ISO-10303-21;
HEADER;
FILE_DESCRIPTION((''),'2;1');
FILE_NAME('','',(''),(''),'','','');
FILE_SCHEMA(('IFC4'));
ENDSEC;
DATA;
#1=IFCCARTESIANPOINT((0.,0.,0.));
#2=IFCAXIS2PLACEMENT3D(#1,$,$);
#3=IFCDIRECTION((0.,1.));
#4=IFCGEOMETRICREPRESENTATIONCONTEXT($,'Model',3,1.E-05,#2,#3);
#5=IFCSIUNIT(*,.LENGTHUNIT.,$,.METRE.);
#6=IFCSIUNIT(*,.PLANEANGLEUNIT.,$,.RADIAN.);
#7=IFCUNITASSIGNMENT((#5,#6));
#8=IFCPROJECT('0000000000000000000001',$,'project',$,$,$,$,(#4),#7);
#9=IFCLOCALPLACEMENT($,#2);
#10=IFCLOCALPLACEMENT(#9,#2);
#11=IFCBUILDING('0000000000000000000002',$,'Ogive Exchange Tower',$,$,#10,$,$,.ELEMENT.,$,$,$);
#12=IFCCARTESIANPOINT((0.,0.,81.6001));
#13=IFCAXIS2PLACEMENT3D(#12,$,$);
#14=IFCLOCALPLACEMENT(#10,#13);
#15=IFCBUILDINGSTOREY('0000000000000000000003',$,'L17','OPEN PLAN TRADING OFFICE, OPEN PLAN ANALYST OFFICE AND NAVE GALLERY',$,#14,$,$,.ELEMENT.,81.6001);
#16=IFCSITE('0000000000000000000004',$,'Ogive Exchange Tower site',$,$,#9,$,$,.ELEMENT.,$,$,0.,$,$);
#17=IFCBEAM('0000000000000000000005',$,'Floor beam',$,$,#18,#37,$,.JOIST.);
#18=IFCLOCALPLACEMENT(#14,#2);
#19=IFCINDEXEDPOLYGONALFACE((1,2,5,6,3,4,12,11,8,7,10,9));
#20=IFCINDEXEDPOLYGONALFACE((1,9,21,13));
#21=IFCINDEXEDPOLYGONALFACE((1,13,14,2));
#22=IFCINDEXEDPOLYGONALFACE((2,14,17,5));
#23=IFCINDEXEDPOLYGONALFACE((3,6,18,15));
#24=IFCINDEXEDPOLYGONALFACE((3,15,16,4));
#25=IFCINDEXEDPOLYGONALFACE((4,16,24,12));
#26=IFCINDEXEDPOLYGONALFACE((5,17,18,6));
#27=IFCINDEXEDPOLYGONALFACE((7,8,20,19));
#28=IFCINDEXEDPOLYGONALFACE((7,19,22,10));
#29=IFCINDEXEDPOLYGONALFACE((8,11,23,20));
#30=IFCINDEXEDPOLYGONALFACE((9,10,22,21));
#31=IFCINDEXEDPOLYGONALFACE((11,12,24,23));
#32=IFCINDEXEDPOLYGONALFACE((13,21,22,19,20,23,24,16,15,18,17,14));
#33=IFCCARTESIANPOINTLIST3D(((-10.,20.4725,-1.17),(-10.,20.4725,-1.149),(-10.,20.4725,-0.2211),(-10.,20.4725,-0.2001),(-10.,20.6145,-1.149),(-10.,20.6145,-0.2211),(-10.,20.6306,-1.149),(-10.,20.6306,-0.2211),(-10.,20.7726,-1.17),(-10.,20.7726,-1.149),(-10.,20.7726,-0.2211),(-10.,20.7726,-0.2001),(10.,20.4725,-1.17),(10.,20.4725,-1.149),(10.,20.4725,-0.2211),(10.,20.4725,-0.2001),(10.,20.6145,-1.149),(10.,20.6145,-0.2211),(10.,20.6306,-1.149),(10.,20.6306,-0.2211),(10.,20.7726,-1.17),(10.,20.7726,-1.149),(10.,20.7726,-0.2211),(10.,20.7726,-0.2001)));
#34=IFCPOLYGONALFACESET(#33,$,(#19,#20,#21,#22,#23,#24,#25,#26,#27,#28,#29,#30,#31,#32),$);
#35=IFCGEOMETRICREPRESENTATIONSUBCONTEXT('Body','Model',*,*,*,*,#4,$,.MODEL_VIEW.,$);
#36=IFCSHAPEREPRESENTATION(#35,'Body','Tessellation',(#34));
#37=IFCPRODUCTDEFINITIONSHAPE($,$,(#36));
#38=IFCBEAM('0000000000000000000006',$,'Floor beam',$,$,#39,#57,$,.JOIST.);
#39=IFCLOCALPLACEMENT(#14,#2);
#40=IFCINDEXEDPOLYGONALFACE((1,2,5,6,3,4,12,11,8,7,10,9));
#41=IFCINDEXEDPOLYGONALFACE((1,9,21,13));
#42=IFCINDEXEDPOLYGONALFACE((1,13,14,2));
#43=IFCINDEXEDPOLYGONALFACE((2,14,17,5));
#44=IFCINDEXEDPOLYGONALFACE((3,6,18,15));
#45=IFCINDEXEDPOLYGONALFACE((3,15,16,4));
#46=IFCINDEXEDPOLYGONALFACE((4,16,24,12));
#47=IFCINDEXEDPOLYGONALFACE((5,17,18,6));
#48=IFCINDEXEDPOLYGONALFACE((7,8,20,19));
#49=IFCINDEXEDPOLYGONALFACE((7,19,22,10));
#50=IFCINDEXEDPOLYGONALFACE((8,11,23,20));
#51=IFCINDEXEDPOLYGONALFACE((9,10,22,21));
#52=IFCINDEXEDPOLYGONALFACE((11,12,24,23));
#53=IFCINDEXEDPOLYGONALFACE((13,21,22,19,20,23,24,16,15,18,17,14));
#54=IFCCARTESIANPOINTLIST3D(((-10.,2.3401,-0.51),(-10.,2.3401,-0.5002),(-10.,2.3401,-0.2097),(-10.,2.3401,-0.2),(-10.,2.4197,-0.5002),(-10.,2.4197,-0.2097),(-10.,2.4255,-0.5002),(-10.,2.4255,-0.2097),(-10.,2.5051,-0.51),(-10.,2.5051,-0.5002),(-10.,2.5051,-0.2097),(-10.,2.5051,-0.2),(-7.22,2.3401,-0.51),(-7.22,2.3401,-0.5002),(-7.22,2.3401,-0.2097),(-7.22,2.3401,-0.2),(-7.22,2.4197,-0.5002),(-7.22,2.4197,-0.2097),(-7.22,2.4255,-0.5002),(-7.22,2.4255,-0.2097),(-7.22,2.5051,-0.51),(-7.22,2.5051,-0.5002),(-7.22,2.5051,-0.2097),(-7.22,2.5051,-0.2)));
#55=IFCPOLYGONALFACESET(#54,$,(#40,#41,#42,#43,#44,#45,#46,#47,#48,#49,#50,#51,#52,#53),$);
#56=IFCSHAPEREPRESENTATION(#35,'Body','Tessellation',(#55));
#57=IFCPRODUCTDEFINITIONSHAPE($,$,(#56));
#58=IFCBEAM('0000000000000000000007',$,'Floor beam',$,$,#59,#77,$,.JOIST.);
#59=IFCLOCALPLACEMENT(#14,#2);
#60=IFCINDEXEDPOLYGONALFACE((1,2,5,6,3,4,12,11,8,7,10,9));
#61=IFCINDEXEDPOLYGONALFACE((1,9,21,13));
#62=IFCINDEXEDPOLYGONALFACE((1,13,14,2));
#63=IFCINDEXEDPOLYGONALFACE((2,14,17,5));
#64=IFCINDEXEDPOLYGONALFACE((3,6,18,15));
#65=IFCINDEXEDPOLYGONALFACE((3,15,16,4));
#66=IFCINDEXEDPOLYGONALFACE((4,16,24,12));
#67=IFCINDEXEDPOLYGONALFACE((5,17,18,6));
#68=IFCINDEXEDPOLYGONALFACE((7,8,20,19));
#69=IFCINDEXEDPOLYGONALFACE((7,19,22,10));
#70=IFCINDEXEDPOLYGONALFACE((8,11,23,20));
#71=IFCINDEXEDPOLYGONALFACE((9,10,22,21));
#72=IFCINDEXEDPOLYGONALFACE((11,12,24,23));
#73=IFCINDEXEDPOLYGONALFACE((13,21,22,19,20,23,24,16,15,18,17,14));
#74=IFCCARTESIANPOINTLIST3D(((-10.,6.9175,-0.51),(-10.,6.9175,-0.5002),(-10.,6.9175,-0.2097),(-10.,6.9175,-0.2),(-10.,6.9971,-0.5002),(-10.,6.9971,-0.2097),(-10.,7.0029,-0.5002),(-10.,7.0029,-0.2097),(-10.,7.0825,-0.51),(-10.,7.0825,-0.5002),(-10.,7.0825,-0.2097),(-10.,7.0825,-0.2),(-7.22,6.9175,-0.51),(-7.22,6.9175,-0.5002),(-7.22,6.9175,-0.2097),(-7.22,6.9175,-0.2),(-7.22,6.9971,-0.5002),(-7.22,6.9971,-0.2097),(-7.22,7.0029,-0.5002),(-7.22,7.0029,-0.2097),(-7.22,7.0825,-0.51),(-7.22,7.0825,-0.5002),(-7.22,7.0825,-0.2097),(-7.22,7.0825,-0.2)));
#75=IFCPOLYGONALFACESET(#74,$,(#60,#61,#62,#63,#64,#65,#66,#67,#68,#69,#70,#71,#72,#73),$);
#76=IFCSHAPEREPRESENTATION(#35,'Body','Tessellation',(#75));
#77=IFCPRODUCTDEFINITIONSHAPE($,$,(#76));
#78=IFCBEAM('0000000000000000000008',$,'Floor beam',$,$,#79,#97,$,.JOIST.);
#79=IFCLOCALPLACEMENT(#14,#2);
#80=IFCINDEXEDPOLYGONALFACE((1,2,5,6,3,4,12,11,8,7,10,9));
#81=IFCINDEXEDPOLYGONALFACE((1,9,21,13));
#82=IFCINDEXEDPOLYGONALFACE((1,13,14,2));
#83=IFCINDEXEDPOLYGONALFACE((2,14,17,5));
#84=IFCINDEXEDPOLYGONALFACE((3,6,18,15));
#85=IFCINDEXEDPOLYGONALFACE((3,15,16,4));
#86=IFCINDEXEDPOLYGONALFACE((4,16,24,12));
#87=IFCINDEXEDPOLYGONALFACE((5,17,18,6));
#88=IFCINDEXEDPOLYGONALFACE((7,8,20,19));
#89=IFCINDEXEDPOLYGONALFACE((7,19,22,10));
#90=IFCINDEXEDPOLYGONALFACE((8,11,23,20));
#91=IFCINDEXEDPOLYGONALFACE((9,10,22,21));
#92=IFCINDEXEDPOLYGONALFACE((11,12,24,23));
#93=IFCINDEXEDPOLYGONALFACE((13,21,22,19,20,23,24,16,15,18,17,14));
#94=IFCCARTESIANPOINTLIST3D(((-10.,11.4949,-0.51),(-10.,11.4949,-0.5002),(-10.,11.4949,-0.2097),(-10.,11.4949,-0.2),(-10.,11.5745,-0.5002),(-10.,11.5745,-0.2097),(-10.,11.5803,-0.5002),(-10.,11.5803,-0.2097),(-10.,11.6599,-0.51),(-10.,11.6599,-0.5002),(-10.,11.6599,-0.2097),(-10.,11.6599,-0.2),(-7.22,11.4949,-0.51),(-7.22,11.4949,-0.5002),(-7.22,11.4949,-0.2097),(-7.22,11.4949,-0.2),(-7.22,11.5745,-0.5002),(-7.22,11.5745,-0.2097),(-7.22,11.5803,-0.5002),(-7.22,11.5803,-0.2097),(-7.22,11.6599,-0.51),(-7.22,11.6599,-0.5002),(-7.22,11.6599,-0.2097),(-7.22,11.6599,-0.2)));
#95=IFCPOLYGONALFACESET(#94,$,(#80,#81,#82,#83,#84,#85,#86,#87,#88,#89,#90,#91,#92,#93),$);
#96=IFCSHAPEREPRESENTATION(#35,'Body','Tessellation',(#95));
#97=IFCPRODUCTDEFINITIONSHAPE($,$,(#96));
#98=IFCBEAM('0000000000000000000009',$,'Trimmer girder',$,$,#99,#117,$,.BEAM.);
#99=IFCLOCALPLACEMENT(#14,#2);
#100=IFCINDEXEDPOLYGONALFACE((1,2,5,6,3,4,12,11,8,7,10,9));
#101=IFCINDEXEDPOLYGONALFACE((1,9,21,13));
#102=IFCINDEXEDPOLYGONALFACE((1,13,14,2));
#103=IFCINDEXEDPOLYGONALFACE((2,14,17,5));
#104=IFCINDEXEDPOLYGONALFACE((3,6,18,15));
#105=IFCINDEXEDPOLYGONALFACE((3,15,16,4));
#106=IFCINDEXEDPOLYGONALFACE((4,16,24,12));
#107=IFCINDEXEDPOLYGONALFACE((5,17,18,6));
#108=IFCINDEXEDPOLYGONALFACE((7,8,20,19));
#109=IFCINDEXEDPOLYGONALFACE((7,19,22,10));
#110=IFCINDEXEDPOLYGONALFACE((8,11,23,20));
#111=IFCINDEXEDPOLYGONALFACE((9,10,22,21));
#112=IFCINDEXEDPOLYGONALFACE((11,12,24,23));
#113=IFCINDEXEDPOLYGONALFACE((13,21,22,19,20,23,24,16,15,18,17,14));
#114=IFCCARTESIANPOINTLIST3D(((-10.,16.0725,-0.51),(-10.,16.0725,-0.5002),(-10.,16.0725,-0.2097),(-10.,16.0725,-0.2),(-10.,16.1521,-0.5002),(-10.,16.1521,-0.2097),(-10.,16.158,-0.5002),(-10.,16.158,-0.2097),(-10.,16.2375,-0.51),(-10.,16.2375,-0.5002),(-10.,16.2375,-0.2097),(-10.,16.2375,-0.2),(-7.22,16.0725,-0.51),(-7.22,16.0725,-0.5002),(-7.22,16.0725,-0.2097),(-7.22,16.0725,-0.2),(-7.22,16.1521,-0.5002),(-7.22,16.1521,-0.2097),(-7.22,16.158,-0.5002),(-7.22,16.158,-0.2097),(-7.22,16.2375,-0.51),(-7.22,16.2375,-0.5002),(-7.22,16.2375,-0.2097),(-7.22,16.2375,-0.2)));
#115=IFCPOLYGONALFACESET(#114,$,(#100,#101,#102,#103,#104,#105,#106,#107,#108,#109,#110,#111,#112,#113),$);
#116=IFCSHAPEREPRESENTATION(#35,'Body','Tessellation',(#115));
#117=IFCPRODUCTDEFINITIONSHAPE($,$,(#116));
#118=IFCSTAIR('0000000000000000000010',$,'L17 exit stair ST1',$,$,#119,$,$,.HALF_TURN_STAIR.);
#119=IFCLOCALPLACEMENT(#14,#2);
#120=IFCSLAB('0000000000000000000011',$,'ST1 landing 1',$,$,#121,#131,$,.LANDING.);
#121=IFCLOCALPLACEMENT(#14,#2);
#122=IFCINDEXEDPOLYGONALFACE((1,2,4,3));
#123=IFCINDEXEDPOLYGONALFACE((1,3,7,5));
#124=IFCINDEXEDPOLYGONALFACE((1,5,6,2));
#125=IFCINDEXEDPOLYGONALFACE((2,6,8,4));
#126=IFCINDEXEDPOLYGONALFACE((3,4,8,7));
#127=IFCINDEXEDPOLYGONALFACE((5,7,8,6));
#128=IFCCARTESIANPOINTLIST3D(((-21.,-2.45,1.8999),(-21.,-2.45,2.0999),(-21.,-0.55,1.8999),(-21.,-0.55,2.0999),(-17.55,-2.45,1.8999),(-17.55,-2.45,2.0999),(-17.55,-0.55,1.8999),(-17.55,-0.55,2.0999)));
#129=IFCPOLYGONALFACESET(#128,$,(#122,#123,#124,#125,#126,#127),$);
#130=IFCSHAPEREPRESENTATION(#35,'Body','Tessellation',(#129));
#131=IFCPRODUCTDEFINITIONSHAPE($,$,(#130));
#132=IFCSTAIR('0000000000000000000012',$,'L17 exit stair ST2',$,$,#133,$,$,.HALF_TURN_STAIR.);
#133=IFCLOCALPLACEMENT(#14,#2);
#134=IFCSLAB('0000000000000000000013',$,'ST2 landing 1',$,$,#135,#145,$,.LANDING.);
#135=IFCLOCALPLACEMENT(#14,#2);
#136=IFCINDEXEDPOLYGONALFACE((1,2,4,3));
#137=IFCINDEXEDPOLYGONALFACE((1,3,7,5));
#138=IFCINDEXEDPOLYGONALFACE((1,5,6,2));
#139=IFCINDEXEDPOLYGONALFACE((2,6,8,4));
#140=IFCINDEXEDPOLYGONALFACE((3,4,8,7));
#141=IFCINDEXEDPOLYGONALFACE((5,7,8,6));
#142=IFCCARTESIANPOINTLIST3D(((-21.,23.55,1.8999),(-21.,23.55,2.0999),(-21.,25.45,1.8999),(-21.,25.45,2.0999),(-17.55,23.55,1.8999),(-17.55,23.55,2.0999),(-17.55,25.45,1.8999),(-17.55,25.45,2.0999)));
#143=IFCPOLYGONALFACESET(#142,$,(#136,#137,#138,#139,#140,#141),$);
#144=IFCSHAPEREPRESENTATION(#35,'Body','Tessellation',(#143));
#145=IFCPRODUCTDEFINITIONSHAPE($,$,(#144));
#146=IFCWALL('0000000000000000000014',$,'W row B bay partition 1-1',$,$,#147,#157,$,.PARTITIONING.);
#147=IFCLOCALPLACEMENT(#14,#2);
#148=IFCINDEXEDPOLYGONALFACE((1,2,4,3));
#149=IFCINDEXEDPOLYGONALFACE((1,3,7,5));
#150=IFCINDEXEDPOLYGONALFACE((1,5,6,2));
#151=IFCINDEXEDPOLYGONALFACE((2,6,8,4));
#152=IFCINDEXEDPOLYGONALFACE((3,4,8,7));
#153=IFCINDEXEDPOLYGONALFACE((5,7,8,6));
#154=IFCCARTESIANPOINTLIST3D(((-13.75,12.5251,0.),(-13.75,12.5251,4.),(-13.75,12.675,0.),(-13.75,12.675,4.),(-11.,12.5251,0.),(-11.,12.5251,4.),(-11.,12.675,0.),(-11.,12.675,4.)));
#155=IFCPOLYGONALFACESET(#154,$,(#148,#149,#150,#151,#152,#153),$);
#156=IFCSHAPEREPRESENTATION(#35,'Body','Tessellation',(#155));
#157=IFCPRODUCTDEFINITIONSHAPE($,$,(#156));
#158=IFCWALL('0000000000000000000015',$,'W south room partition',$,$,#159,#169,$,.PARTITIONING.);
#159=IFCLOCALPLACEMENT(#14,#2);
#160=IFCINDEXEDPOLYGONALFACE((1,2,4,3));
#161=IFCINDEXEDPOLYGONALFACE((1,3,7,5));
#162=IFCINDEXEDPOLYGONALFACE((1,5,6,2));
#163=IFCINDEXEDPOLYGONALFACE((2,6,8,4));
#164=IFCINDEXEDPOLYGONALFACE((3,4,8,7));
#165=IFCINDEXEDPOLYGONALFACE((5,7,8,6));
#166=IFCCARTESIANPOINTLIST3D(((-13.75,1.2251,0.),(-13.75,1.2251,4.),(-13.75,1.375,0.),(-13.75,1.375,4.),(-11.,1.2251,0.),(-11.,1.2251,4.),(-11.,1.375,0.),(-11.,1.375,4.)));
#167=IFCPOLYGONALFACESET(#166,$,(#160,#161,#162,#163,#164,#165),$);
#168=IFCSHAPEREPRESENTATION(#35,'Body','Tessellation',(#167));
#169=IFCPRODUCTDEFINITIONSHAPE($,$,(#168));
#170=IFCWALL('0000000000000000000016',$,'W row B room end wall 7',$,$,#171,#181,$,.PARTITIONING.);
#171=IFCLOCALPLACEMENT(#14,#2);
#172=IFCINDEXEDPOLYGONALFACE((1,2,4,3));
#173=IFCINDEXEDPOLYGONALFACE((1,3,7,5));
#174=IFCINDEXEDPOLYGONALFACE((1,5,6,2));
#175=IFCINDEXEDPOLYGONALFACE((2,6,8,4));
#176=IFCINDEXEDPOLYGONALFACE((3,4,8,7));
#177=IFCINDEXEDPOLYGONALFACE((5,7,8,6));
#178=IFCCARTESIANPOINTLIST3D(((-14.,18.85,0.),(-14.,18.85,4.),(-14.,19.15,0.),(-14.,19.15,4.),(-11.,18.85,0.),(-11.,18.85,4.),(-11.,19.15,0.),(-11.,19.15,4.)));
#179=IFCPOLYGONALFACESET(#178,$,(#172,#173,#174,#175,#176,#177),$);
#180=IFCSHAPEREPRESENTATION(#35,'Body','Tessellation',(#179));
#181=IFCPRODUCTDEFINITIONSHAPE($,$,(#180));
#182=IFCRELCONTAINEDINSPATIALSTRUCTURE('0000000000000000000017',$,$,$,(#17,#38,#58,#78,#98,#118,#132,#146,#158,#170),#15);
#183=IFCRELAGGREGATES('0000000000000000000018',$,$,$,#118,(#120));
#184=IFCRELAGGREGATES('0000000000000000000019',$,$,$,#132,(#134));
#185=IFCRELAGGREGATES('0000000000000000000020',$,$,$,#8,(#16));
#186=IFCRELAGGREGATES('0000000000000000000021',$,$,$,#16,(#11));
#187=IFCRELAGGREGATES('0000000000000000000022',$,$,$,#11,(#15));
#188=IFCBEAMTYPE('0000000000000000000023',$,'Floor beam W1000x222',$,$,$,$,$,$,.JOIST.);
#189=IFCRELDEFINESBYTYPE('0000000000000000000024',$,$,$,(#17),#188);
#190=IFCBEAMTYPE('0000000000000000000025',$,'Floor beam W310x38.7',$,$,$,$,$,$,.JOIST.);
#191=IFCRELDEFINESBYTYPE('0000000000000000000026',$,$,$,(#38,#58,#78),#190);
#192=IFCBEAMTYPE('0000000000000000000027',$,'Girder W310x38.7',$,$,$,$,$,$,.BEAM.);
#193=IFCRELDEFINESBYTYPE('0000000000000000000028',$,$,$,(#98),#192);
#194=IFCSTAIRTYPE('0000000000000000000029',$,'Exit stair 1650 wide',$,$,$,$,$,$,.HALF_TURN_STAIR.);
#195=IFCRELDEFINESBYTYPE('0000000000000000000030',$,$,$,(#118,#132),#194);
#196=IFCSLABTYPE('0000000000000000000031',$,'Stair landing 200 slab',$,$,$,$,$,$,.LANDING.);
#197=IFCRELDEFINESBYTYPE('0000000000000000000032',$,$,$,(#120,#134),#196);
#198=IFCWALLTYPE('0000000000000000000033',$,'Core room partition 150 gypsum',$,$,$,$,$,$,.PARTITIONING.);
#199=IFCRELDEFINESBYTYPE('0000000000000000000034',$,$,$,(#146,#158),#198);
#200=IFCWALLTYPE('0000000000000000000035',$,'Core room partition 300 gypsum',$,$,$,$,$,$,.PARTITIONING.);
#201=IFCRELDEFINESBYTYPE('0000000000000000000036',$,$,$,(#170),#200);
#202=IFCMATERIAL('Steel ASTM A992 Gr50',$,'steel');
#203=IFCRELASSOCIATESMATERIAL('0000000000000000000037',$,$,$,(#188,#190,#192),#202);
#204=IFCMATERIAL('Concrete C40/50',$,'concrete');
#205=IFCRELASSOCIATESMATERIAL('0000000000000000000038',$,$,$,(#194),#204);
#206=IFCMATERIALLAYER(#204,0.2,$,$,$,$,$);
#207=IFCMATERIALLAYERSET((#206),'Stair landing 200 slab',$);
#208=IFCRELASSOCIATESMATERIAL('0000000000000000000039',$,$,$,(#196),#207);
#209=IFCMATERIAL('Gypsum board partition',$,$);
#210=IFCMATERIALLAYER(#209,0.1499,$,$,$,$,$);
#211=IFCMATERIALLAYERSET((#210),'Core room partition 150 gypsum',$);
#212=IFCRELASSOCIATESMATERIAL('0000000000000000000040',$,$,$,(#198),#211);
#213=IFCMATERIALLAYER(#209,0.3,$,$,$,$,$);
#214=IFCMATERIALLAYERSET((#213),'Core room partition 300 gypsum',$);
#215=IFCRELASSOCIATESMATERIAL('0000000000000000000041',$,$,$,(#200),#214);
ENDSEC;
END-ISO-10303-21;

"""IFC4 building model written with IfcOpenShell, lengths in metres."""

from ifc_helpers import new_model, si_unit, direction, frame, frame_2d, origin, origin_2d, place, context, subcontext, project, spatial, polyline, rectangle, i_section, outline, extrude, material, layer, layer_set, material_profile, profile_set, type_object, element, aggregate, save


model = new_model("IFC4")

# Units and contexts
model_context = context("Model", 3, precision=1e-05, world=origin(), true_north=direction((0.0, 1.0)))
body_context = subcontext(model_context, "Body", "Model", "MODEL_VIEW")
ifc_project = project(units=[si_unit("LENGTHUNIT", "METRE"), si_unit("PLANEANGLEUNIT", "RADIAN")], contexts=[model_context])

# Site, building, storey
site_placement = place(None, origin())
site = spatial("IfcSite", under=ifc_project, at=site_placement, Name="Ogive Exchange Tower site", CompositionType="ELEMENT", RefElevation=0.0)
building_placement = place(site_placement, origin())
building = spatial("IfcBuilding", under=site, at=building_placement, Name="Ogive Exchange Tower", CompositionType="ELEMENT")
storey_placement = place(building_placement, frame((0.0, 0.0, 81.6001)))
storey = spatial("IfcBuildingStorey", under=building, at=storey_placement, Name="L17", Description="OPEN PLAN TRADING OFFICE, OPEN PLAN ANALYST OFFICE AND NAVE GALLERY", CompositionType="ELEMENT", Elevation=81.6001)

# Beams
ifc_material_1 = material(Name="Steel ASTM A992 Gr50", Category="steel")
ifc_material_profile_1 = material_profile(ifc_material_1, i_section(OverallWidth=0.3, OverallDepth=0.97, WebThickness=0.0161, FlangeThickness=0.021, at=origin_2d()), Name="W1000x222")
ifc_profile_set_1 = profile_set([ifc_material_profile_1], Name="Steel ASTM A992 Gr50")
beam_type_1 = type_object("IfcBeamType", Name="Floor beam W1000x222", PredefinedType="JOIST", material=ifc_profile_set_1)
beam_1_placement = place(storey_placement, frame((-10.0, 20.6226, -0.6851), z_axis=(1.0, 0.0, 0.0), x_axis=(0.0, 1.0, 0.0)))
element("IfcBeam", 1, at=beam_1_placement, inside=storey, type_object=beam_type_1, Name="Floor beam", PredefinedType="JOIST", context=body_context, shape_type="SweptSolid", body=[
    extrude(i_section(OverallWidth=0.3, OverallDepth=0.97, WebThickness=0.0161, FlangeThickness=0.021, at=origin_2d()), origin(), (0.0, 0.0, 1.0), 20.0),
])
ifc_material_profile_2 = material_profile(ifc_material_1, i_section(OverallWidth=0.165, OverallDepth=0.3101, WebThickness=0.0059, FlangeThickness=0.0098, at=origin_2d()), Name="W310x38.7")
ifc_profile_set_2 = profile_set([ifc_material_profile_2], Name="Steel ASTM A992 Gr50")
beam_type_2 = type_object("IfcBeamType", Name="Floor beam W310x38.7", PredefinedType="JOIST", material=ifc_profile_set_2)
for number, where, z_axis, x_axis, name in (
    (2, (-10.0, 2.4226, -0.355), (1.0, 0.0, 0.0), (0.0, 1.0, 0.0), "Floor beam"),
    (3, (-10.0, 7.0, -0.355), (1.0, 0.0, 0.0), (0.0, 1.0, 0.0), "Floor beam"),
    (4, (-10.0, 11.5774, -0.355), (1.0, 0.0, 0.0), (0.0, 1.0, 0.0), "Floor beam"),
):
    element("IfcBeam", number, at=place(storey_placement, frame(where, z_axis=z_axis, x_axis=x_axis)), inside=storey, type_object=beam_type_2, Name=name, PredefinedType="JOIST", context=body_context, shape_type="SweptSolid", body=[
        extrude(i_section(OverallWidth=0.165, OverallDepth=0.3101, WebThickness=0.0059, FlangeThickness=0.0098, at=origin_2d()), origin(), (0.0, 0.0, 1.0), 2.78),
    ])
ifc_material_profile_3 = material_profile(ifc_material_1, i_section(OverallWidth=0.165, OverallDepth=0.3101, WebThickness=0.0059, FlangeThickness=0.0098, at=origin_2d()), Name="W310x38.7")
ifc_profile_set_3 = profile_set([ifc_material_profile_3], Name="Steel ASTM A992 Gr50")
beam_type_3 = type_object("IfcBeamType", Name="Girder W310x38.7", PredefinedType="BEAM", material=ifc_profile_set_3)
beam_2_placement = place(storey_placement, frame((-10.0, 16.155, -0.355), z_axis=(1.0, 0.0, 0.0), x_axis=(0.0, 1.0, 0.0)))
element("IfcBeam", 5, at=beam_2_placement, inside=storey, type_object=beam_type_3, Name="Trimmer girder", PredefinedType="BEAM", context=body_context, shape_type="SweptSolid", body=[
    extrude(i_section(OverallWidth=0.165, OverallDepth=0.3101, WebThickness=0.0059, FlangeThickness=0.0098, at=origin_2d()), origin(), (0.0, 0.0, 1.0), 2.78),
])

# Stairs, slabs
ifc_material_2 = material(Name="Concrete C40/50", Category="concrete")
stair_type = type_object("IfcStairType", Name="Exit stair 1650 wide", PredefinedType="HALF_TURN_STAIR", material=ifc_material_2)
stair_1_placement = place(storey_placement, origin())
stair_1 = element("IfcStair", 6, at=stair_1_placement, inside=storey, type_object=stair_type, Name="L17 exit stair ST1", PredefinedType="HALF_TURN_STAIR")
ifc_layer_1 = layer(ifc_material_2, 0.2)
ifc_layer_set_1 = layer_set([ifc_layer_1], Name="Stair landing 200 slab")
slab_type = type_object("IfcSlabType", Name="Stair landing 200 slab", PredefinedType="LANDING", material=ifc_layer_set_1)
slab_1_placement = place(storey_placement, frame((0.0, 0.0, 1.8999)))
slab_1 = element("IfcSlab", 7, at=slab_1_placement, type_object=slab_type, Name="ST1 landing 1", PredefinedType="LANDING", context=body_context, shape_type="SweptSolid", body=[
    extrude(outline(polyline([(-21.0, -0.55), (-21.0, -2.45), (-17.55, -2.45), (-17.55, -0.55), (-21.0, -0.55)])), origin(), (0.0, 0.0, 1.0), 0.2),
])
aggregate(stair_1, [slab_1])
stair_2_placement = place(storey_placement, origin())
stair_2 = element("IfcStair", 8, at=stair_2_placement, inside=storey, type_object=stair_type, Name="L17 exit stair ST2", PredefinedType="HALF_TURN_STAIR")
slab_2_placement = place(storey_placement, frame((0.0, 0.0, 1.8999)))
slab_2 = element("IfcSlab", 9, at=slab_2_placement, type_object=slab_type, Name="ST2 landing 1", PredefinedType="LANDING", context=body_context, shape_type="SweptSolid", body=[
    extrude(outline(polyline([(-17.55, 23.55), (-17.55, 25.45), (-21.0, 25.45), (-21.0, 23.55), (-17.55, 23.55)])), origin(), (0.0, 0.0, 1.0), 0.2),
])
aggregate(stair_2, [slab_2])

# Walls
ifc_material_3 = material(Name="Gypsum board partition")
ifc_layer_2 = layer(ifc_material_3, 0.1499)
ifc_layer_set_2 = layer_set([ifc_layer_2], Name="Core room partition 150 gypsum")
wall_type_1 = type_object("IfcWallType", Name="Core room partition 150 gypsum", PredefinedType="PARTITIONING", material=ifc_layer_set_2)
for number, where, z_axis, x_axis, name in (
    (10, (-13.75, 12.6001, 0.0), (0.0, 0.0, 1.0), (1.0, 0.0, 0.0), "W row B bay partition 1-1"),
    (11, (-13.75, 1.3, 0.0), (0.0, 0.0, 1.0), (1.0, 0.0, 0.0), "W south room partition"),
):
    element("IfcWall", number, at=place(storey_placement, frame(where, z_axis=z_axis, x_axis=x_axis)), inside=storey, type_object=wall_type_1, Name=name, PredefinedType="PARTITIONING", context=body_context, shape_type="SweptSolid", body=[
        extrude(rectangle(XDim=2.75, YDim=0.1499, at=frame_2d((1.375, 0.0))), origin(), (0.0, 0.0, 1.0), 4.0),
    ])
ifc_layer_3 = layer(ifc_material_3, 0.3)
ifc_layer_set_3 = layer_set([ifc_layer_3], Name="Core room partition 300 gypsum")
wall_type_2 = type_object("IfcWallType", Name="Core room partition 300 gypsum", PredefinedType="PARTITIONING", material=ifc_layer_set_3)
wall_1_placement = place(storey_placement, frame((-14.0, 19.0, 0.0), z_axis=(0.0, 0.0, 1.0), x_axis=(1.0, 0.0, 0.0)))
element("IfcWall", 12, at=wall_1_placement, inside=storey, type_object=wall_type_2, Name="W row B room end wall 7", PredefinedType="PARTITIONING", context=body_context, shape_type="SweptSolid", body=[
    extrude(rectangle(XDim=3.0, YDim=0.3, at=frame_2d((1.5, 0.0))), origin(), (0.0, 0.0, 1.0), 4.0),
])

save(model, "model.ifc")
